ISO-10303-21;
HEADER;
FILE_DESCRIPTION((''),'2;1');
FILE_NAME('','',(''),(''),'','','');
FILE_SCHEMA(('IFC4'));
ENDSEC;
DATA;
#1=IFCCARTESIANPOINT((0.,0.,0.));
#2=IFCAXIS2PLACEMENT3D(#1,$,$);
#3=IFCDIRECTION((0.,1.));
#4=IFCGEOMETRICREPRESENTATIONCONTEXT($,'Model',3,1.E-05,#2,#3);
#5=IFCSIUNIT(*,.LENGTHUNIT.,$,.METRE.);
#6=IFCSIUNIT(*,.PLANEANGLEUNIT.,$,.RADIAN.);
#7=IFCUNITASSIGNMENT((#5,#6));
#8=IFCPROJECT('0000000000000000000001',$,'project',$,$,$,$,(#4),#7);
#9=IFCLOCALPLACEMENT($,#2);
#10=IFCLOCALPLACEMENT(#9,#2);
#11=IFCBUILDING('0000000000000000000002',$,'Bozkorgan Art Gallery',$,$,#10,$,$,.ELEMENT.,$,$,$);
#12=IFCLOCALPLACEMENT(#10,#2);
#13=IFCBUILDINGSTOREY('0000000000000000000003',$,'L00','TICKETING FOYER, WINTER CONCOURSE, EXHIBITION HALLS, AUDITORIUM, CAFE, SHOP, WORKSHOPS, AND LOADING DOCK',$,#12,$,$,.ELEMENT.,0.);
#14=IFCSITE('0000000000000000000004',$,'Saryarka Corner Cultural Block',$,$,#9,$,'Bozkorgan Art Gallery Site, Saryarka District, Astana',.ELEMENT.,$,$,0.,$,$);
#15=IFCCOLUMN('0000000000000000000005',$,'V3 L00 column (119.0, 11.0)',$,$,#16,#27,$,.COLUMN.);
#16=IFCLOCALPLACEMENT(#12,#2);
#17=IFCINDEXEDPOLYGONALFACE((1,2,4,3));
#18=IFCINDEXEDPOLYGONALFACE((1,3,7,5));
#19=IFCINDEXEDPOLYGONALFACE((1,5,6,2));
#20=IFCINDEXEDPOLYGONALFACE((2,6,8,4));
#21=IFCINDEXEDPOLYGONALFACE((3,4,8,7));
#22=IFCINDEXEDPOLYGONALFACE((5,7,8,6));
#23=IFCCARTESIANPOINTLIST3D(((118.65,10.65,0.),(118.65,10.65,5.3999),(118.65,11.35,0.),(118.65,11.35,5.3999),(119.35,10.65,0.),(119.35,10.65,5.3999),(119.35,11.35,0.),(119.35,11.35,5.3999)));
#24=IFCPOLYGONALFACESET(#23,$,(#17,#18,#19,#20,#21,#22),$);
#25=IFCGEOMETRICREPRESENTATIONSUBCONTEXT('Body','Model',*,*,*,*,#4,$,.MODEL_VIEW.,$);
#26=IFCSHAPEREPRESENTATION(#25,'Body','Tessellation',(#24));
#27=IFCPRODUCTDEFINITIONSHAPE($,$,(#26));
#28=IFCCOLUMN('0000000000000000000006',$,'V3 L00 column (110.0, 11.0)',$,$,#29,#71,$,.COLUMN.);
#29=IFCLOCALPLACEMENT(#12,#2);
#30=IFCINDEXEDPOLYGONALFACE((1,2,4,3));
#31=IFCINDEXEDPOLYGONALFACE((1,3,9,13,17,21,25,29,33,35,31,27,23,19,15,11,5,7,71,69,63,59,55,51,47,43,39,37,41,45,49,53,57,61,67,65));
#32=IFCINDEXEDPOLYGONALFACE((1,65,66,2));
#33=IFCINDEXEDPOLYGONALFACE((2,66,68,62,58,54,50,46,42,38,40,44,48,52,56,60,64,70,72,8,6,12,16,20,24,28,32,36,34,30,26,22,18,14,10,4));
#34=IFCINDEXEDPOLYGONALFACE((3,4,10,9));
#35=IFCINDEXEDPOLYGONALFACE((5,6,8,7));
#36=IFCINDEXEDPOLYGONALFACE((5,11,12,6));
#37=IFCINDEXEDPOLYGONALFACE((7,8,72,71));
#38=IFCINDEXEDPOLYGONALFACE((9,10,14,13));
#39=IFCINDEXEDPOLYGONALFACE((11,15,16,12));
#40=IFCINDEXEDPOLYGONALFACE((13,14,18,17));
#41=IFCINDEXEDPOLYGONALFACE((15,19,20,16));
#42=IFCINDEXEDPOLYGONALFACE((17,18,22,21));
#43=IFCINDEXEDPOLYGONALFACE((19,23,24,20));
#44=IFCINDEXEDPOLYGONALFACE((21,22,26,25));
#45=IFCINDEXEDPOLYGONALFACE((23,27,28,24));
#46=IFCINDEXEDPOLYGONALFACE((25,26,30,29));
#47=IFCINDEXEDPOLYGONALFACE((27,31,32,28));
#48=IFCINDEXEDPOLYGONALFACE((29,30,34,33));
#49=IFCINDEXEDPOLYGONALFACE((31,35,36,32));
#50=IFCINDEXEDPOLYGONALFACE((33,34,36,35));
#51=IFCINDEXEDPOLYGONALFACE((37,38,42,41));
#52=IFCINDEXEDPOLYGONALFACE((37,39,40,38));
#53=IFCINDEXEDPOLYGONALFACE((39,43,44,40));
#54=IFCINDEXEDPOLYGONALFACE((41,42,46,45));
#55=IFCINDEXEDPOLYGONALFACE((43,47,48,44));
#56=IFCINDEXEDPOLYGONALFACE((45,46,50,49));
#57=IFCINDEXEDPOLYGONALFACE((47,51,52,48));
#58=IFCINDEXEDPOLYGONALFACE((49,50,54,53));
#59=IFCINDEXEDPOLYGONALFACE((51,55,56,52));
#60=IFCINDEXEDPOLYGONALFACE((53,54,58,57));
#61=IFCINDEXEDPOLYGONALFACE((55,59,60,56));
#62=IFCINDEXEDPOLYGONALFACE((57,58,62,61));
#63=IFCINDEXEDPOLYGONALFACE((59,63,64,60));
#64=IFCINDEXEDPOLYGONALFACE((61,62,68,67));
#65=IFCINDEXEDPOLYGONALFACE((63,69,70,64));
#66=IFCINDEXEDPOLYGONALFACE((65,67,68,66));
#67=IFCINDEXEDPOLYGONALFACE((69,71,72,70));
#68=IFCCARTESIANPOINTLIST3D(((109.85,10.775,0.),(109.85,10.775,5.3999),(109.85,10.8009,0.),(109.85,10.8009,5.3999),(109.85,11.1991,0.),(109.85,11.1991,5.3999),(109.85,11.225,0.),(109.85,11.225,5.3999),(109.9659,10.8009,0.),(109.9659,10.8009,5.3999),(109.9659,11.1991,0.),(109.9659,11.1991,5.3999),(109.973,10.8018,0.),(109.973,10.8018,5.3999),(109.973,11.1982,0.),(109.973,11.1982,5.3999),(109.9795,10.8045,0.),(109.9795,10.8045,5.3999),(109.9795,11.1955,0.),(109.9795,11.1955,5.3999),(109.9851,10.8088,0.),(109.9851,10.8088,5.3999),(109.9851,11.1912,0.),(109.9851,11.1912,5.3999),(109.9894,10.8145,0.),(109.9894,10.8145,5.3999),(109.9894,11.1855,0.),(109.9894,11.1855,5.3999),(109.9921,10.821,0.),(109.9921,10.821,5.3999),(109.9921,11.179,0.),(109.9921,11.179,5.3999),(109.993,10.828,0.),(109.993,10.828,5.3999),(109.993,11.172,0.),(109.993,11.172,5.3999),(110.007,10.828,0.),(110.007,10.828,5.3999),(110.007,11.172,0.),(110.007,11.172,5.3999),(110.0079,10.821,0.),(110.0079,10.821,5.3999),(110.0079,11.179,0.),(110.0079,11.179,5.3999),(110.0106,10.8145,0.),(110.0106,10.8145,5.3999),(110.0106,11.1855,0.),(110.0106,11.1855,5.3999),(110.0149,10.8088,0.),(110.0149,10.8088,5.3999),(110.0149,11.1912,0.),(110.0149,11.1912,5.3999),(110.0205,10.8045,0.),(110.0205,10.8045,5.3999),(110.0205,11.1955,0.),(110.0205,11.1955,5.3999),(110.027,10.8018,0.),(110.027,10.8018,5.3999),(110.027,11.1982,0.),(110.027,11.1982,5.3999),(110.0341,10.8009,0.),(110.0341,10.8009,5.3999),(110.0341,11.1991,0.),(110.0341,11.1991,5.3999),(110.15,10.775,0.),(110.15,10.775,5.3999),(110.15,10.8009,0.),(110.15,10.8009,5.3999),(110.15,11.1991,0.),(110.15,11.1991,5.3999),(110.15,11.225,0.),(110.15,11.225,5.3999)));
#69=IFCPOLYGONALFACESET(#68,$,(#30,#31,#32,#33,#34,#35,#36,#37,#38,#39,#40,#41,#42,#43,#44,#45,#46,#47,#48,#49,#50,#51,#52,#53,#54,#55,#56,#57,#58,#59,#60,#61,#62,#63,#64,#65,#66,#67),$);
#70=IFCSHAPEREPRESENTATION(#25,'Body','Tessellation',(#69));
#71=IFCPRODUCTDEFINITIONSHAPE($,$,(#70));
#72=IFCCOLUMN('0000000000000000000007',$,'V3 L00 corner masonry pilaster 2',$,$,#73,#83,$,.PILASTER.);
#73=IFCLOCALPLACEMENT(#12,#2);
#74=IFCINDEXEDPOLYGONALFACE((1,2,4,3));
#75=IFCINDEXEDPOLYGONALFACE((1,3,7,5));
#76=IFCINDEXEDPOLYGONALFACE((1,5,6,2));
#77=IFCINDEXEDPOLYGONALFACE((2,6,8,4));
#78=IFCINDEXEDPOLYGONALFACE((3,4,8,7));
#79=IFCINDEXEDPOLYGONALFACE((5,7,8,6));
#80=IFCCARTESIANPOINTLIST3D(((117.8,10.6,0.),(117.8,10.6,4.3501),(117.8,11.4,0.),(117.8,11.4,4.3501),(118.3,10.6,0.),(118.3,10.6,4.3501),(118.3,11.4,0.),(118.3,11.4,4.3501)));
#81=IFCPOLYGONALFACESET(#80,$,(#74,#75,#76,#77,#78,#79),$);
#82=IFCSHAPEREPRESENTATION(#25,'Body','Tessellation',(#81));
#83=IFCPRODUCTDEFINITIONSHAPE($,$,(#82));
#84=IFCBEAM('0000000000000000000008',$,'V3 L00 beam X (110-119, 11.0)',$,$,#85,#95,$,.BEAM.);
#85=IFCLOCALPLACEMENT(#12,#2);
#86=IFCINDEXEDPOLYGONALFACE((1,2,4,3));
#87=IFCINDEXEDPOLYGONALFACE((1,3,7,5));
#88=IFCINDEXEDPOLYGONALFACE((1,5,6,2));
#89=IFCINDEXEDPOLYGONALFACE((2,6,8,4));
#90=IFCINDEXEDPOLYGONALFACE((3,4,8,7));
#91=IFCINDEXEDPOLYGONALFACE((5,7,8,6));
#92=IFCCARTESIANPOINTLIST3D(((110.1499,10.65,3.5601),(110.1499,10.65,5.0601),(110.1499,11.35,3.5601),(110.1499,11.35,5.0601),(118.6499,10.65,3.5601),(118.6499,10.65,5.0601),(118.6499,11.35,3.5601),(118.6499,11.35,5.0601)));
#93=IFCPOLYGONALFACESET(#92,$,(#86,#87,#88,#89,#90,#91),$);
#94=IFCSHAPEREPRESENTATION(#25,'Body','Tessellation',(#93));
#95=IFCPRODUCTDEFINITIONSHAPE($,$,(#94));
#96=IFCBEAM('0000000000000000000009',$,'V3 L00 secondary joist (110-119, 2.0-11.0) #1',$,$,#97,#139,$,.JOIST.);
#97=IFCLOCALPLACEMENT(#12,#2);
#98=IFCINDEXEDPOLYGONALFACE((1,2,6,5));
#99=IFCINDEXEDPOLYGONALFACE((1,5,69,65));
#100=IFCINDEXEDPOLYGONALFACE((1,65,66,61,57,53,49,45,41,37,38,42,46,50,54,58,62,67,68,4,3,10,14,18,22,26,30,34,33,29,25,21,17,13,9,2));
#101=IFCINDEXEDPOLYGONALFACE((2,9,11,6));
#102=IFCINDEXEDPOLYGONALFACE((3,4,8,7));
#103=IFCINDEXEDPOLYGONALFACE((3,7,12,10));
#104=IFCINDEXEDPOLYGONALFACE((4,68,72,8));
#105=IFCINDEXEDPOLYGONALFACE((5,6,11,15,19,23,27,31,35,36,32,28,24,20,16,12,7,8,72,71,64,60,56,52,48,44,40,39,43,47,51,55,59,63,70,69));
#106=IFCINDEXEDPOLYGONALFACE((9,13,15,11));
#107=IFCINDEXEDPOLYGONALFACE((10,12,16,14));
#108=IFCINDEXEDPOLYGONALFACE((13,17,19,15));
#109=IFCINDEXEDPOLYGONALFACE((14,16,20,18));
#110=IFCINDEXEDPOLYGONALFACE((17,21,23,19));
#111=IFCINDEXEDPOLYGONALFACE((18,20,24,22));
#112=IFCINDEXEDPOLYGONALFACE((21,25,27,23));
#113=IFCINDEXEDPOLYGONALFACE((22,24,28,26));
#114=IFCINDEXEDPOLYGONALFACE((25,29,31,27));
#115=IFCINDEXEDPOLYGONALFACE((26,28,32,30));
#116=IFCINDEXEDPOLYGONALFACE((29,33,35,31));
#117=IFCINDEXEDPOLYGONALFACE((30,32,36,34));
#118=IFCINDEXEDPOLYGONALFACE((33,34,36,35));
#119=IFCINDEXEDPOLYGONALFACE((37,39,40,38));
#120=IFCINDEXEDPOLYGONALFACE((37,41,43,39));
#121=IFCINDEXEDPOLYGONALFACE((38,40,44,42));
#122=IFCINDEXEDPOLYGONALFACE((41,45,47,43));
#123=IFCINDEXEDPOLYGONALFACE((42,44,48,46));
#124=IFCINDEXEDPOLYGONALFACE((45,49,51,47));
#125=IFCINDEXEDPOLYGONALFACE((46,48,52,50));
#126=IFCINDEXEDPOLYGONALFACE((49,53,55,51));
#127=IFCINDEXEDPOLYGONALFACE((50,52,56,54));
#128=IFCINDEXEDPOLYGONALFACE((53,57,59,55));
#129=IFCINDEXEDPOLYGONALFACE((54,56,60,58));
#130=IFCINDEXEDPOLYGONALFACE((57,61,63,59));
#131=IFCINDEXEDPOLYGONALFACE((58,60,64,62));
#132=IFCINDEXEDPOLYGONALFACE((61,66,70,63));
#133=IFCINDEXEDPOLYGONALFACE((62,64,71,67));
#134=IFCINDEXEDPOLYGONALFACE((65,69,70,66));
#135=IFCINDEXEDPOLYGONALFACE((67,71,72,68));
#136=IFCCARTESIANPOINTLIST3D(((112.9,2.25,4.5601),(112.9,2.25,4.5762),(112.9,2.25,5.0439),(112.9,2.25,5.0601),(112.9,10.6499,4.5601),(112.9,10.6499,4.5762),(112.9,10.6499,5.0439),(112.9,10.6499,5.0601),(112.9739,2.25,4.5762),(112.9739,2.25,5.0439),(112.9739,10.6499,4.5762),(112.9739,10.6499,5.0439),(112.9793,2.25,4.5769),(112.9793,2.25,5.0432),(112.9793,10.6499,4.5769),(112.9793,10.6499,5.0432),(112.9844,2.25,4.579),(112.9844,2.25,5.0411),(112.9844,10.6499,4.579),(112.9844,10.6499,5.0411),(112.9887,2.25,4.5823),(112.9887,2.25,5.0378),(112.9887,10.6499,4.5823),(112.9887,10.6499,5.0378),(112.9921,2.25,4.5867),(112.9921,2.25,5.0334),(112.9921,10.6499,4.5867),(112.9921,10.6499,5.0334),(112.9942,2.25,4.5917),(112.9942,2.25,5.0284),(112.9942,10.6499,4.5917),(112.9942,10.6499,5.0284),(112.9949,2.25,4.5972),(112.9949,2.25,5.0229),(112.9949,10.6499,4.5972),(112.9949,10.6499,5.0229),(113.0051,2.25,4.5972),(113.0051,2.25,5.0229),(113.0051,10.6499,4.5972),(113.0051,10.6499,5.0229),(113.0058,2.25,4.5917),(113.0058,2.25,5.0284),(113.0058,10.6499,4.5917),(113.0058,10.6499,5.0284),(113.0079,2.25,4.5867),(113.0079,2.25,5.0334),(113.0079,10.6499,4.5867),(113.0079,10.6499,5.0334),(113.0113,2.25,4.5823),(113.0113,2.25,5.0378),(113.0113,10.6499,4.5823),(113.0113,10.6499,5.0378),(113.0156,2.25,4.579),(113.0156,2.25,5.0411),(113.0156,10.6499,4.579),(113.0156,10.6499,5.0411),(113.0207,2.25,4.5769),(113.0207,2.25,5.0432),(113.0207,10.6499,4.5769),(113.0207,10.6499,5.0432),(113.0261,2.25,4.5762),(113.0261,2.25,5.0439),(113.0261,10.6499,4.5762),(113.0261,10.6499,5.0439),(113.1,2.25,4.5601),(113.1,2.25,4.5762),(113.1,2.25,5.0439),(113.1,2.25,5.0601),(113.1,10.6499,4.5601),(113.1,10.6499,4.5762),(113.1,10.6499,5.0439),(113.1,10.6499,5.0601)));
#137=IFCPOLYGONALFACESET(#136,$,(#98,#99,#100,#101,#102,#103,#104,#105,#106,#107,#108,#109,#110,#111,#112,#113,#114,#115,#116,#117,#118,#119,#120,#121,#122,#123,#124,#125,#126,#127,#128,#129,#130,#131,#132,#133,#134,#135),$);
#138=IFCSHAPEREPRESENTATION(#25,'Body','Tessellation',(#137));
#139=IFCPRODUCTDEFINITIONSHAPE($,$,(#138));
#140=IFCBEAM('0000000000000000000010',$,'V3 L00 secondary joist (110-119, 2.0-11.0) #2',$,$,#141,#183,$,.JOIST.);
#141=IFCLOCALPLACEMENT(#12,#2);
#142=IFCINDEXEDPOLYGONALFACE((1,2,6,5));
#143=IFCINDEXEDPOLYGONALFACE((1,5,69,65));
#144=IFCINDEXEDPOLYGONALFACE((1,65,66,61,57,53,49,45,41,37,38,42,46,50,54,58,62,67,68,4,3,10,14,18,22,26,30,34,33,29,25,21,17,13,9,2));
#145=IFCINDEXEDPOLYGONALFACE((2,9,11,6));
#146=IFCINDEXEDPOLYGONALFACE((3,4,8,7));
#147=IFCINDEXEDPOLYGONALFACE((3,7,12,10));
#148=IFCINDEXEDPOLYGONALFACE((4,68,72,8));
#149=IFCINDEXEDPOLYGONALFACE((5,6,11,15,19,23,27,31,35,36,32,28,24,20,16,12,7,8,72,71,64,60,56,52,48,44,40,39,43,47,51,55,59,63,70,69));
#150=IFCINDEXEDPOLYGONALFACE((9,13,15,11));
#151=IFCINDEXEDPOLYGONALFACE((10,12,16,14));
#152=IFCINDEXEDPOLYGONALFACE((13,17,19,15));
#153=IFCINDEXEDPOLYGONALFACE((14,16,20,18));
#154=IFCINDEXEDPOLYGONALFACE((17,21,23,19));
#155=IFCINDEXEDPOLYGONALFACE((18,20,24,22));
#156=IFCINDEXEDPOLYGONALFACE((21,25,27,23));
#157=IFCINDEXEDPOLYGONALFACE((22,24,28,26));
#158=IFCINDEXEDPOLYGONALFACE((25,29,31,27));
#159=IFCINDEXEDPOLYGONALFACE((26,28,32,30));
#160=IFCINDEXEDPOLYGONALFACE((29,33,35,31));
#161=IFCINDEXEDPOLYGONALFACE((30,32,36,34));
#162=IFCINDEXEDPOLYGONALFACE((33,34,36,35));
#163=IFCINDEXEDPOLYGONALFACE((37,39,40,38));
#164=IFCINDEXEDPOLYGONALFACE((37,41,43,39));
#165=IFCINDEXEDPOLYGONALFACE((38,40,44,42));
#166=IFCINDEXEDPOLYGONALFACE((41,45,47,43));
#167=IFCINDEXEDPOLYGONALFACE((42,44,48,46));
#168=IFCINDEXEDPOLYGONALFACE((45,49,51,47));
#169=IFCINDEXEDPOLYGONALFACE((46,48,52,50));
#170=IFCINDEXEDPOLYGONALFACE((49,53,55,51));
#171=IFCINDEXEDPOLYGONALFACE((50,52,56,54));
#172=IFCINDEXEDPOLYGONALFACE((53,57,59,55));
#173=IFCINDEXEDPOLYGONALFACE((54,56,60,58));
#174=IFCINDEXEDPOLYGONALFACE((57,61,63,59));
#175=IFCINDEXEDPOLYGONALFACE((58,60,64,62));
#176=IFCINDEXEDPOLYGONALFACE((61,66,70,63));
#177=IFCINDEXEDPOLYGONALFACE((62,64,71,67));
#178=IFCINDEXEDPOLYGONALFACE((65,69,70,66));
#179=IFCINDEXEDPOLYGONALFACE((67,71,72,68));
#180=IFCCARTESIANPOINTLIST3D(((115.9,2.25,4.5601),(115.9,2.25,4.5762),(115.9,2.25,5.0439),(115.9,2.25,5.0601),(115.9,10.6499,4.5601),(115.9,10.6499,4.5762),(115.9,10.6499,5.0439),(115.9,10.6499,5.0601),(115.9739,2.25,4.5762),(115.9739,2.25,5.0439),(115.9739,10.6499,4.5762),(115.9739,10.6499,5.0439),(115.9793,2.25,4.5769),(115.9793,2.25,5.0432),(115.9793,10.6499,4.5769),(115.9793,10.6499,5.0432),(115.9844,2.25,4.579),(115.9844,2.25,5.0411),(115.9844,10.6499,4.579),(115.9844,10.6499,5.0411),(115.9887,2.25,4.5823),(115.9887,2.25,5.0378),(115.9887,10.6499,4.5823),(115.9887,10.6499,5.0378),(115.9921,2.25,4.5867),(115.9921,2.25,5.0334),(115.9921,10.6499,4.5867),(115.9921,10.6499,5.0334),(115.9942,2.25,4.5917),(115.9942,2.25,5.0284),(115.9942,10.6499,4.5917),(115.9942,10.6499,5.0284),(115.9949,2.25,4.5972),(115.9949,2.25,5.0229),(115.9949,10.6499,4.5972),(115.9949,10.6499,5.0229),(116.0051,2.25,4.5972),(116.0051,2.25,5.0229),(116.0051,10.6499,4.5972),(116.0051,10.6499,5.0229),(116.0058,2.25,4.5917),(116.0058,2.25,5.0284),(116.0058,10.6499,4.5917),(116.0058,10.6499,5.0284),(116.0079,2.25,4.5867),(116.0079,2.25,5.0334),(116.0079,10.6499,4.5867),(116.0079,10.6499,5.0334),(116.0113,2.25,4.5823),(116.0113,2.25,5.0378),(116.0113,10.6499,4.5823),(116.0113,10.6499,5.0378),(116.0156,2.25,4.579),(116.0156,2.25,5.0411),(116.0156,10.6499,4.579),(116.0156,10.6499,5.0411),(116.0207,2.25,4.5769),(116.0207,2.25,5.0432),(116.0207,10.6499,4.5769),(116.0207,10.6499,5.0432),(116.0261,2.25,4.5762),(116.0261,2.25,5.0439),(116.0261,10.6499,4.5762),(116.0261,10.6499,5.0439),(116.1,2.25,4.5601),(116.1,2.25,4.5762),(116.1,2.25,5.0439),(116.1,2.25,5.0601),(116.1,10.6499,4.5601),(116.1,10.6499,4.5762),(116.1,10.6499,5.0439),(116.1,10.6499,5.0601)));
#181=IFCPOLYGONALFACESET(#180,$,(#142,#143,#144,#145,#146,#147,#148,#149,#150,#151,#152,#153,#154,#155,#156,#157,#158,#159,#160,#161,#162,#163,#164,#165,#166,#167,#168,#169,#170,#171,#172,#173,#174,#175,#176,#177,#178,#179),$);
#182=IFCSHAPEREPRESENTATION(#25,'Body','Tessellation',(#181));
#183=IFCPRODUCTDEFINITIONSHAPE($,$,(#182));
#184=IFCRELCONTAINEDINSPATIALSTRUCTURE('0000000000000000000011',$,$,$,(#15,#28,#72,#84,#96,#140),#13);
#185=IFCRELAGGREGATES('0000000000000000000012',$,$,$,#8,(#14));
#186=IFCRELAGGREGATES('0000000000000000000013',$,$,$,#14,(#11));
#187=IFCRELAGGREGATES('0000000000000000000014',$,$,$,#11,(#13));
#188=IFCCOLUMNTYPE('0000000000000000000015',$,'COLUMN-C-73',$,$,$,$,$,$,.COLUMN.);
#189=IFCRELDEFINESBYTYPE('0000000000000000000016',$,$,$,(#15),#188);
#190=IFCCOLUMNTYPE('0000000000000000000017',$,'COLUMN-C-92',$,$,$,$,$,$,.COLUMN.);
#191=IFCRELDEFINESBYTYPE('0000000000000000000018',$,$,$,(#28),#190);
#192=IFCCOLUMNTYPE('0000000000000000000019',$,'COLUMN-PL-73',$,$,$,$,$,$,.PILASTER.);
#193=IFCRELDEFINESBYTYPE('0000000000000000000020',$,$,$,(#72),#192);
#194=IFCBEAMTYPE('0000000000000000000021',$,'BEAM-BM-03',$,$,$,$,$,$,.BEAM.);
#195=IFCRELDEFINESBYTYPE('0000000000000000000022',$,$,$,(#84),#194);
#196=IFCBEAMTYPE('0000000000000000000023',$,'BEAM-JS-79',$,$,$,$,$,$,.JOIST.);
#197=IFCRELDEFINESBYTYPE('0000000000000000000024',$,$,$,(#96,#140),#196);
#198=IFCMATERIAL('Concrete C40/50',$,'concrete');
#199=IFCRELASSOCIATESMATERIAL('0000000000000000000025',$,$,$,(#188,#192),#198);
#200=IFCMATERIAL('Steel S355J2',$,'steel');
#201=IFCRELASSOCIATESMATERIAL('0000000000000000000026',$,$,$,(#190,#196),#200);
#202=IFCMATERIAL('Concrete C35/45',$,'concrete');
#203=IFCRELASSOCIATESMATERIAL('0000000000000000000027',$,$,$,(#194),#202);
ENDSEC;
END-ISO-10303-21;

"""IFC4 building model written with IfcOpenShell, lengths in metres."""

from ifc_helpers import new_model, si_unit, direction, frame, origin, origin_2d, place, context, subcontext, project, spatial, rectangle, i_section, extrude, material, material_profile, profile_set, type_object, element, save


model = new_model("IFC4")

# Units and contexts
model_context = context("Model", 3, precision=1e-05, world=origin(), true_north=direction((0.0, 1.0)))
body_context = subcontext(model_context, "Body", "Model", "MODEL_VIEW")
ifc_project = project(units=[si_unit("LENGTHUNIT", "METRE"), si_unit("PLANEANGLEUNIT", "RADIAN")], contexts=[model_context])

# Site, building, storey
site_placement = place(None, origin())
site = spatial("IfcSite", under=ifc_project, at=site_placement, Name="Saryarka Corner Cultural Block", LongName="Bozkorgan Art Gallery Site, Saryarka District, Astana", CompositionType="ELEMENT", RefElevation=0.0)
building_placement = place(site_placement, origin())
building = spatial("IfcBuilding", under=site, at=building_placement, Name="Bozkorgan Art Gallery", CompositionType="ELEMENT")
storey_placement = place(building_placement, origin())
storey = spatial("IfcBuildingStorey", under=building, at=storey_placement, Name="L00", Description="TICKETING FOYER, WINTER CONCOURSE, EXHIBITION HALLS, AUDITORIUM, CAFE, SHOP, WORKSHOPS, AND LOADING DOCK", CompositionType="ELEMENT", Elevation=0.0)

# Columns
ifc_material_1 = material(Name="Concrete C40/50", Category="concrete")
ifc_material_profile_1 = material_profile(ifc_material_1, rectangle(XDim=0.7, YDim=0.7, at=origin_2d()), Name="RC 700x700")
ifc_profile_set_1 = profile_set([ifc_material_profile_1], Name="Concrete C40/50")
column_type_1 = type_object("IfcColumnType", Name="COLUMN-C-73", PredefinedType="COLUMN", material=ifc_profile_set_1)
for number, where, z_axis, x_axis, name in (
    (1, (119.0, 11.0, 0.0), (0.0, 0.0, 1.0), (1.0, 0.0, 0.0), "V3 L00 column (119.0, 11.0)"),
):
    element("IfcColumn", number, at=place(storey_placement, frame(where, z_axis=z_axis, x_axis=x_axis)), inside=storey, type_object=column_type_1, Name=name, PredefinedType="COLUMN", context=body_context, shape_type="SweptSolid", body=[
        extrude(rectangle(XDim=0.7, YDim=0.7, at=origin_2d()), origin(), (0.0, 0.0, 1.0), 5.3999),
    ])
ifc_material_2 = material(Name="Steel S355J2", Category="steel")
ifc_material_profile_2 = material_profile(ifc_material_2, i_section(OverallWidth=0.3, OverallDepth=0.45, WebThickness=0.0139, FlangeThickness=0.0259, FilletRadius=0.0271, at=origin_2d()), Name="HEB 450")
ifc_profile_set_2 = profile_set([ifc_material_profile_2], Name="Steel S355J2")
column_type_2 = type_object("IfcColumnType", Name="COLUMN-C-92", PredefinedType="COLUMN", material=ifc_profile_set_2)
column_1_placement = place(storey_placement, frame((110.0, 11.0, 0.0), z_axis=(0.0, 0.0, 1.0), x_axis=(1.0, 0.0, 0.0)))
element("IfcColumn", 2, at=column_1_placement, inside=storey, type_object=column_type_2, Name="V3 L00 column (110.0, 11.0)", PredefinedType="COLUMN", context=body_context, shape_type="SweptSolid", body=[
    extrude(i_section(OverallWidth=0.3, OverallDepth=0.45, WebThickness=0.0139, FlangeThickness=0.0259, FilletRadius=0.0271, at=origin_2d()), origin(), (0.0, 0.0, 1.0), 5.3999),
])
ifc_material_profile_3 = material_profile(ifc_material_1, rectangle(XDim=0.5, YDim=0.8, at=origin_2d()), Name="RC 500x800")
ifc_profile_set_3 = profile_set([ifc_material_profile_3], Name="Concrete C40/50")
column_type_3 = type_object("IfcColumnType", Name="COLUMN-PL-73", PredefinedType="PILASTER", material=ifc_profile_set_3)
column_2_placement = place(storey_placement, frame((118.05, 11.0, 0.0), z_axis=(0.0, 0.0, 1.0), x_axis=(1.0, 0.0, 0.0)))
element("IfcColumn", 3, at=column_2_placement, inside=storey, type_object=column_type_3, Name="V3 L00 corner masonry pilaster 2", PredefinedType="PILASTER", context=body_context, shape_type="SweptSolid", body=[
    extrude(rectangle(XDim=0.5, YDim=0.8, at=origin_2d()), origin(), (0.0, 0.0, 1.0), 4.3501),
])

# Beams
ifc_material_3 = material(Name="Concrete C35/45", Category="concrete")
ifc_material_profile_4 = material_profile(ifc_material_3, rectangle(XDim=0.7, YDim=1.5, at=origin_2d()), Name="RC 700x1500")
ifc_profile_set_4 = profile_set([ifc_material_profile_4], Name="Concrete C35/45")
beam_type_1 = type_object("IfcBeamType", Name="BEAM-BM-03", PredefinedType="BEAM", material=ifc_profile_set_4)
beam_placement = place(storey_placement, frame((110.1499, 11.0, 4.3101), z_axis=(1.0, 0.0, 0.0), x_axis=(0.0, 1.0, 0.0)))
element("IfcBeam", 4, at=beam_placement, inside=storey, type_object=beam_type_1, Name="V3 L00 beam X (110-119, 11.0)", PredefinedType="BEAM", context=body_context, shape_type="SweptSolid", body=[
    extrude(rectangle(XDim=0.7, YDim=1.5, at=origin_2d()), origin(), (0.0, 0.0, 1.0), 8.5),
])
ifc_material_profile_5 = material_profile(ifc_material_2, i_section(OverallWidth=0.2, OverallDepth=0.5, WebThickness=0.0103, FlangeThickness=0.0161, FilletRadius=0.021, at=origin_2d()), Name="IPE 500")
ifc_profile_set_5 = profile_set([ifc_material_profile_5], Name="Steel S355J2")
beam_type_2 = type_object("IfcBeamType", Name="BEAM-JS-79", PredefinedType="JOIST", material=ifc_profile_set_5)
for number, where, z_axis, x_axis, name in (
    (5, (113.0, 2.25, 4.8101), (0.0, 1.0, 0.0), (-1.0, 0.0, 0.0), "V3 L00 secondary joist (110-119, 2.0-11.0) #1"),
    (6, (116.0, 2.25, 4.8101), (0.0, 1.0, 0.0), (-1.0, 0.0, 0.0), "V3 L00 secondary joist (110-119, 2.0-11.0) #2"),
):
    element("IfcBeam", number, at=place(storey_placement, frame(where, z_axis=z_axis, x_axis=x_axis)), inside=storey, type_object=beam_type_2, Name=name, PredefinedType="JOIST", context=body_context, shape_type="SweptSolid", body=[
        extrude(i_section(OverallWidth=0.2, OverallDepth=0.5, WebThickness=0.0103, FlangeThickness=0.0161, FilletRadius=0.021, at=origin_2d()), origin(), (0.0, 0.0, 1.0), 8.3999),
    ])

save(model, "model.ifc")
